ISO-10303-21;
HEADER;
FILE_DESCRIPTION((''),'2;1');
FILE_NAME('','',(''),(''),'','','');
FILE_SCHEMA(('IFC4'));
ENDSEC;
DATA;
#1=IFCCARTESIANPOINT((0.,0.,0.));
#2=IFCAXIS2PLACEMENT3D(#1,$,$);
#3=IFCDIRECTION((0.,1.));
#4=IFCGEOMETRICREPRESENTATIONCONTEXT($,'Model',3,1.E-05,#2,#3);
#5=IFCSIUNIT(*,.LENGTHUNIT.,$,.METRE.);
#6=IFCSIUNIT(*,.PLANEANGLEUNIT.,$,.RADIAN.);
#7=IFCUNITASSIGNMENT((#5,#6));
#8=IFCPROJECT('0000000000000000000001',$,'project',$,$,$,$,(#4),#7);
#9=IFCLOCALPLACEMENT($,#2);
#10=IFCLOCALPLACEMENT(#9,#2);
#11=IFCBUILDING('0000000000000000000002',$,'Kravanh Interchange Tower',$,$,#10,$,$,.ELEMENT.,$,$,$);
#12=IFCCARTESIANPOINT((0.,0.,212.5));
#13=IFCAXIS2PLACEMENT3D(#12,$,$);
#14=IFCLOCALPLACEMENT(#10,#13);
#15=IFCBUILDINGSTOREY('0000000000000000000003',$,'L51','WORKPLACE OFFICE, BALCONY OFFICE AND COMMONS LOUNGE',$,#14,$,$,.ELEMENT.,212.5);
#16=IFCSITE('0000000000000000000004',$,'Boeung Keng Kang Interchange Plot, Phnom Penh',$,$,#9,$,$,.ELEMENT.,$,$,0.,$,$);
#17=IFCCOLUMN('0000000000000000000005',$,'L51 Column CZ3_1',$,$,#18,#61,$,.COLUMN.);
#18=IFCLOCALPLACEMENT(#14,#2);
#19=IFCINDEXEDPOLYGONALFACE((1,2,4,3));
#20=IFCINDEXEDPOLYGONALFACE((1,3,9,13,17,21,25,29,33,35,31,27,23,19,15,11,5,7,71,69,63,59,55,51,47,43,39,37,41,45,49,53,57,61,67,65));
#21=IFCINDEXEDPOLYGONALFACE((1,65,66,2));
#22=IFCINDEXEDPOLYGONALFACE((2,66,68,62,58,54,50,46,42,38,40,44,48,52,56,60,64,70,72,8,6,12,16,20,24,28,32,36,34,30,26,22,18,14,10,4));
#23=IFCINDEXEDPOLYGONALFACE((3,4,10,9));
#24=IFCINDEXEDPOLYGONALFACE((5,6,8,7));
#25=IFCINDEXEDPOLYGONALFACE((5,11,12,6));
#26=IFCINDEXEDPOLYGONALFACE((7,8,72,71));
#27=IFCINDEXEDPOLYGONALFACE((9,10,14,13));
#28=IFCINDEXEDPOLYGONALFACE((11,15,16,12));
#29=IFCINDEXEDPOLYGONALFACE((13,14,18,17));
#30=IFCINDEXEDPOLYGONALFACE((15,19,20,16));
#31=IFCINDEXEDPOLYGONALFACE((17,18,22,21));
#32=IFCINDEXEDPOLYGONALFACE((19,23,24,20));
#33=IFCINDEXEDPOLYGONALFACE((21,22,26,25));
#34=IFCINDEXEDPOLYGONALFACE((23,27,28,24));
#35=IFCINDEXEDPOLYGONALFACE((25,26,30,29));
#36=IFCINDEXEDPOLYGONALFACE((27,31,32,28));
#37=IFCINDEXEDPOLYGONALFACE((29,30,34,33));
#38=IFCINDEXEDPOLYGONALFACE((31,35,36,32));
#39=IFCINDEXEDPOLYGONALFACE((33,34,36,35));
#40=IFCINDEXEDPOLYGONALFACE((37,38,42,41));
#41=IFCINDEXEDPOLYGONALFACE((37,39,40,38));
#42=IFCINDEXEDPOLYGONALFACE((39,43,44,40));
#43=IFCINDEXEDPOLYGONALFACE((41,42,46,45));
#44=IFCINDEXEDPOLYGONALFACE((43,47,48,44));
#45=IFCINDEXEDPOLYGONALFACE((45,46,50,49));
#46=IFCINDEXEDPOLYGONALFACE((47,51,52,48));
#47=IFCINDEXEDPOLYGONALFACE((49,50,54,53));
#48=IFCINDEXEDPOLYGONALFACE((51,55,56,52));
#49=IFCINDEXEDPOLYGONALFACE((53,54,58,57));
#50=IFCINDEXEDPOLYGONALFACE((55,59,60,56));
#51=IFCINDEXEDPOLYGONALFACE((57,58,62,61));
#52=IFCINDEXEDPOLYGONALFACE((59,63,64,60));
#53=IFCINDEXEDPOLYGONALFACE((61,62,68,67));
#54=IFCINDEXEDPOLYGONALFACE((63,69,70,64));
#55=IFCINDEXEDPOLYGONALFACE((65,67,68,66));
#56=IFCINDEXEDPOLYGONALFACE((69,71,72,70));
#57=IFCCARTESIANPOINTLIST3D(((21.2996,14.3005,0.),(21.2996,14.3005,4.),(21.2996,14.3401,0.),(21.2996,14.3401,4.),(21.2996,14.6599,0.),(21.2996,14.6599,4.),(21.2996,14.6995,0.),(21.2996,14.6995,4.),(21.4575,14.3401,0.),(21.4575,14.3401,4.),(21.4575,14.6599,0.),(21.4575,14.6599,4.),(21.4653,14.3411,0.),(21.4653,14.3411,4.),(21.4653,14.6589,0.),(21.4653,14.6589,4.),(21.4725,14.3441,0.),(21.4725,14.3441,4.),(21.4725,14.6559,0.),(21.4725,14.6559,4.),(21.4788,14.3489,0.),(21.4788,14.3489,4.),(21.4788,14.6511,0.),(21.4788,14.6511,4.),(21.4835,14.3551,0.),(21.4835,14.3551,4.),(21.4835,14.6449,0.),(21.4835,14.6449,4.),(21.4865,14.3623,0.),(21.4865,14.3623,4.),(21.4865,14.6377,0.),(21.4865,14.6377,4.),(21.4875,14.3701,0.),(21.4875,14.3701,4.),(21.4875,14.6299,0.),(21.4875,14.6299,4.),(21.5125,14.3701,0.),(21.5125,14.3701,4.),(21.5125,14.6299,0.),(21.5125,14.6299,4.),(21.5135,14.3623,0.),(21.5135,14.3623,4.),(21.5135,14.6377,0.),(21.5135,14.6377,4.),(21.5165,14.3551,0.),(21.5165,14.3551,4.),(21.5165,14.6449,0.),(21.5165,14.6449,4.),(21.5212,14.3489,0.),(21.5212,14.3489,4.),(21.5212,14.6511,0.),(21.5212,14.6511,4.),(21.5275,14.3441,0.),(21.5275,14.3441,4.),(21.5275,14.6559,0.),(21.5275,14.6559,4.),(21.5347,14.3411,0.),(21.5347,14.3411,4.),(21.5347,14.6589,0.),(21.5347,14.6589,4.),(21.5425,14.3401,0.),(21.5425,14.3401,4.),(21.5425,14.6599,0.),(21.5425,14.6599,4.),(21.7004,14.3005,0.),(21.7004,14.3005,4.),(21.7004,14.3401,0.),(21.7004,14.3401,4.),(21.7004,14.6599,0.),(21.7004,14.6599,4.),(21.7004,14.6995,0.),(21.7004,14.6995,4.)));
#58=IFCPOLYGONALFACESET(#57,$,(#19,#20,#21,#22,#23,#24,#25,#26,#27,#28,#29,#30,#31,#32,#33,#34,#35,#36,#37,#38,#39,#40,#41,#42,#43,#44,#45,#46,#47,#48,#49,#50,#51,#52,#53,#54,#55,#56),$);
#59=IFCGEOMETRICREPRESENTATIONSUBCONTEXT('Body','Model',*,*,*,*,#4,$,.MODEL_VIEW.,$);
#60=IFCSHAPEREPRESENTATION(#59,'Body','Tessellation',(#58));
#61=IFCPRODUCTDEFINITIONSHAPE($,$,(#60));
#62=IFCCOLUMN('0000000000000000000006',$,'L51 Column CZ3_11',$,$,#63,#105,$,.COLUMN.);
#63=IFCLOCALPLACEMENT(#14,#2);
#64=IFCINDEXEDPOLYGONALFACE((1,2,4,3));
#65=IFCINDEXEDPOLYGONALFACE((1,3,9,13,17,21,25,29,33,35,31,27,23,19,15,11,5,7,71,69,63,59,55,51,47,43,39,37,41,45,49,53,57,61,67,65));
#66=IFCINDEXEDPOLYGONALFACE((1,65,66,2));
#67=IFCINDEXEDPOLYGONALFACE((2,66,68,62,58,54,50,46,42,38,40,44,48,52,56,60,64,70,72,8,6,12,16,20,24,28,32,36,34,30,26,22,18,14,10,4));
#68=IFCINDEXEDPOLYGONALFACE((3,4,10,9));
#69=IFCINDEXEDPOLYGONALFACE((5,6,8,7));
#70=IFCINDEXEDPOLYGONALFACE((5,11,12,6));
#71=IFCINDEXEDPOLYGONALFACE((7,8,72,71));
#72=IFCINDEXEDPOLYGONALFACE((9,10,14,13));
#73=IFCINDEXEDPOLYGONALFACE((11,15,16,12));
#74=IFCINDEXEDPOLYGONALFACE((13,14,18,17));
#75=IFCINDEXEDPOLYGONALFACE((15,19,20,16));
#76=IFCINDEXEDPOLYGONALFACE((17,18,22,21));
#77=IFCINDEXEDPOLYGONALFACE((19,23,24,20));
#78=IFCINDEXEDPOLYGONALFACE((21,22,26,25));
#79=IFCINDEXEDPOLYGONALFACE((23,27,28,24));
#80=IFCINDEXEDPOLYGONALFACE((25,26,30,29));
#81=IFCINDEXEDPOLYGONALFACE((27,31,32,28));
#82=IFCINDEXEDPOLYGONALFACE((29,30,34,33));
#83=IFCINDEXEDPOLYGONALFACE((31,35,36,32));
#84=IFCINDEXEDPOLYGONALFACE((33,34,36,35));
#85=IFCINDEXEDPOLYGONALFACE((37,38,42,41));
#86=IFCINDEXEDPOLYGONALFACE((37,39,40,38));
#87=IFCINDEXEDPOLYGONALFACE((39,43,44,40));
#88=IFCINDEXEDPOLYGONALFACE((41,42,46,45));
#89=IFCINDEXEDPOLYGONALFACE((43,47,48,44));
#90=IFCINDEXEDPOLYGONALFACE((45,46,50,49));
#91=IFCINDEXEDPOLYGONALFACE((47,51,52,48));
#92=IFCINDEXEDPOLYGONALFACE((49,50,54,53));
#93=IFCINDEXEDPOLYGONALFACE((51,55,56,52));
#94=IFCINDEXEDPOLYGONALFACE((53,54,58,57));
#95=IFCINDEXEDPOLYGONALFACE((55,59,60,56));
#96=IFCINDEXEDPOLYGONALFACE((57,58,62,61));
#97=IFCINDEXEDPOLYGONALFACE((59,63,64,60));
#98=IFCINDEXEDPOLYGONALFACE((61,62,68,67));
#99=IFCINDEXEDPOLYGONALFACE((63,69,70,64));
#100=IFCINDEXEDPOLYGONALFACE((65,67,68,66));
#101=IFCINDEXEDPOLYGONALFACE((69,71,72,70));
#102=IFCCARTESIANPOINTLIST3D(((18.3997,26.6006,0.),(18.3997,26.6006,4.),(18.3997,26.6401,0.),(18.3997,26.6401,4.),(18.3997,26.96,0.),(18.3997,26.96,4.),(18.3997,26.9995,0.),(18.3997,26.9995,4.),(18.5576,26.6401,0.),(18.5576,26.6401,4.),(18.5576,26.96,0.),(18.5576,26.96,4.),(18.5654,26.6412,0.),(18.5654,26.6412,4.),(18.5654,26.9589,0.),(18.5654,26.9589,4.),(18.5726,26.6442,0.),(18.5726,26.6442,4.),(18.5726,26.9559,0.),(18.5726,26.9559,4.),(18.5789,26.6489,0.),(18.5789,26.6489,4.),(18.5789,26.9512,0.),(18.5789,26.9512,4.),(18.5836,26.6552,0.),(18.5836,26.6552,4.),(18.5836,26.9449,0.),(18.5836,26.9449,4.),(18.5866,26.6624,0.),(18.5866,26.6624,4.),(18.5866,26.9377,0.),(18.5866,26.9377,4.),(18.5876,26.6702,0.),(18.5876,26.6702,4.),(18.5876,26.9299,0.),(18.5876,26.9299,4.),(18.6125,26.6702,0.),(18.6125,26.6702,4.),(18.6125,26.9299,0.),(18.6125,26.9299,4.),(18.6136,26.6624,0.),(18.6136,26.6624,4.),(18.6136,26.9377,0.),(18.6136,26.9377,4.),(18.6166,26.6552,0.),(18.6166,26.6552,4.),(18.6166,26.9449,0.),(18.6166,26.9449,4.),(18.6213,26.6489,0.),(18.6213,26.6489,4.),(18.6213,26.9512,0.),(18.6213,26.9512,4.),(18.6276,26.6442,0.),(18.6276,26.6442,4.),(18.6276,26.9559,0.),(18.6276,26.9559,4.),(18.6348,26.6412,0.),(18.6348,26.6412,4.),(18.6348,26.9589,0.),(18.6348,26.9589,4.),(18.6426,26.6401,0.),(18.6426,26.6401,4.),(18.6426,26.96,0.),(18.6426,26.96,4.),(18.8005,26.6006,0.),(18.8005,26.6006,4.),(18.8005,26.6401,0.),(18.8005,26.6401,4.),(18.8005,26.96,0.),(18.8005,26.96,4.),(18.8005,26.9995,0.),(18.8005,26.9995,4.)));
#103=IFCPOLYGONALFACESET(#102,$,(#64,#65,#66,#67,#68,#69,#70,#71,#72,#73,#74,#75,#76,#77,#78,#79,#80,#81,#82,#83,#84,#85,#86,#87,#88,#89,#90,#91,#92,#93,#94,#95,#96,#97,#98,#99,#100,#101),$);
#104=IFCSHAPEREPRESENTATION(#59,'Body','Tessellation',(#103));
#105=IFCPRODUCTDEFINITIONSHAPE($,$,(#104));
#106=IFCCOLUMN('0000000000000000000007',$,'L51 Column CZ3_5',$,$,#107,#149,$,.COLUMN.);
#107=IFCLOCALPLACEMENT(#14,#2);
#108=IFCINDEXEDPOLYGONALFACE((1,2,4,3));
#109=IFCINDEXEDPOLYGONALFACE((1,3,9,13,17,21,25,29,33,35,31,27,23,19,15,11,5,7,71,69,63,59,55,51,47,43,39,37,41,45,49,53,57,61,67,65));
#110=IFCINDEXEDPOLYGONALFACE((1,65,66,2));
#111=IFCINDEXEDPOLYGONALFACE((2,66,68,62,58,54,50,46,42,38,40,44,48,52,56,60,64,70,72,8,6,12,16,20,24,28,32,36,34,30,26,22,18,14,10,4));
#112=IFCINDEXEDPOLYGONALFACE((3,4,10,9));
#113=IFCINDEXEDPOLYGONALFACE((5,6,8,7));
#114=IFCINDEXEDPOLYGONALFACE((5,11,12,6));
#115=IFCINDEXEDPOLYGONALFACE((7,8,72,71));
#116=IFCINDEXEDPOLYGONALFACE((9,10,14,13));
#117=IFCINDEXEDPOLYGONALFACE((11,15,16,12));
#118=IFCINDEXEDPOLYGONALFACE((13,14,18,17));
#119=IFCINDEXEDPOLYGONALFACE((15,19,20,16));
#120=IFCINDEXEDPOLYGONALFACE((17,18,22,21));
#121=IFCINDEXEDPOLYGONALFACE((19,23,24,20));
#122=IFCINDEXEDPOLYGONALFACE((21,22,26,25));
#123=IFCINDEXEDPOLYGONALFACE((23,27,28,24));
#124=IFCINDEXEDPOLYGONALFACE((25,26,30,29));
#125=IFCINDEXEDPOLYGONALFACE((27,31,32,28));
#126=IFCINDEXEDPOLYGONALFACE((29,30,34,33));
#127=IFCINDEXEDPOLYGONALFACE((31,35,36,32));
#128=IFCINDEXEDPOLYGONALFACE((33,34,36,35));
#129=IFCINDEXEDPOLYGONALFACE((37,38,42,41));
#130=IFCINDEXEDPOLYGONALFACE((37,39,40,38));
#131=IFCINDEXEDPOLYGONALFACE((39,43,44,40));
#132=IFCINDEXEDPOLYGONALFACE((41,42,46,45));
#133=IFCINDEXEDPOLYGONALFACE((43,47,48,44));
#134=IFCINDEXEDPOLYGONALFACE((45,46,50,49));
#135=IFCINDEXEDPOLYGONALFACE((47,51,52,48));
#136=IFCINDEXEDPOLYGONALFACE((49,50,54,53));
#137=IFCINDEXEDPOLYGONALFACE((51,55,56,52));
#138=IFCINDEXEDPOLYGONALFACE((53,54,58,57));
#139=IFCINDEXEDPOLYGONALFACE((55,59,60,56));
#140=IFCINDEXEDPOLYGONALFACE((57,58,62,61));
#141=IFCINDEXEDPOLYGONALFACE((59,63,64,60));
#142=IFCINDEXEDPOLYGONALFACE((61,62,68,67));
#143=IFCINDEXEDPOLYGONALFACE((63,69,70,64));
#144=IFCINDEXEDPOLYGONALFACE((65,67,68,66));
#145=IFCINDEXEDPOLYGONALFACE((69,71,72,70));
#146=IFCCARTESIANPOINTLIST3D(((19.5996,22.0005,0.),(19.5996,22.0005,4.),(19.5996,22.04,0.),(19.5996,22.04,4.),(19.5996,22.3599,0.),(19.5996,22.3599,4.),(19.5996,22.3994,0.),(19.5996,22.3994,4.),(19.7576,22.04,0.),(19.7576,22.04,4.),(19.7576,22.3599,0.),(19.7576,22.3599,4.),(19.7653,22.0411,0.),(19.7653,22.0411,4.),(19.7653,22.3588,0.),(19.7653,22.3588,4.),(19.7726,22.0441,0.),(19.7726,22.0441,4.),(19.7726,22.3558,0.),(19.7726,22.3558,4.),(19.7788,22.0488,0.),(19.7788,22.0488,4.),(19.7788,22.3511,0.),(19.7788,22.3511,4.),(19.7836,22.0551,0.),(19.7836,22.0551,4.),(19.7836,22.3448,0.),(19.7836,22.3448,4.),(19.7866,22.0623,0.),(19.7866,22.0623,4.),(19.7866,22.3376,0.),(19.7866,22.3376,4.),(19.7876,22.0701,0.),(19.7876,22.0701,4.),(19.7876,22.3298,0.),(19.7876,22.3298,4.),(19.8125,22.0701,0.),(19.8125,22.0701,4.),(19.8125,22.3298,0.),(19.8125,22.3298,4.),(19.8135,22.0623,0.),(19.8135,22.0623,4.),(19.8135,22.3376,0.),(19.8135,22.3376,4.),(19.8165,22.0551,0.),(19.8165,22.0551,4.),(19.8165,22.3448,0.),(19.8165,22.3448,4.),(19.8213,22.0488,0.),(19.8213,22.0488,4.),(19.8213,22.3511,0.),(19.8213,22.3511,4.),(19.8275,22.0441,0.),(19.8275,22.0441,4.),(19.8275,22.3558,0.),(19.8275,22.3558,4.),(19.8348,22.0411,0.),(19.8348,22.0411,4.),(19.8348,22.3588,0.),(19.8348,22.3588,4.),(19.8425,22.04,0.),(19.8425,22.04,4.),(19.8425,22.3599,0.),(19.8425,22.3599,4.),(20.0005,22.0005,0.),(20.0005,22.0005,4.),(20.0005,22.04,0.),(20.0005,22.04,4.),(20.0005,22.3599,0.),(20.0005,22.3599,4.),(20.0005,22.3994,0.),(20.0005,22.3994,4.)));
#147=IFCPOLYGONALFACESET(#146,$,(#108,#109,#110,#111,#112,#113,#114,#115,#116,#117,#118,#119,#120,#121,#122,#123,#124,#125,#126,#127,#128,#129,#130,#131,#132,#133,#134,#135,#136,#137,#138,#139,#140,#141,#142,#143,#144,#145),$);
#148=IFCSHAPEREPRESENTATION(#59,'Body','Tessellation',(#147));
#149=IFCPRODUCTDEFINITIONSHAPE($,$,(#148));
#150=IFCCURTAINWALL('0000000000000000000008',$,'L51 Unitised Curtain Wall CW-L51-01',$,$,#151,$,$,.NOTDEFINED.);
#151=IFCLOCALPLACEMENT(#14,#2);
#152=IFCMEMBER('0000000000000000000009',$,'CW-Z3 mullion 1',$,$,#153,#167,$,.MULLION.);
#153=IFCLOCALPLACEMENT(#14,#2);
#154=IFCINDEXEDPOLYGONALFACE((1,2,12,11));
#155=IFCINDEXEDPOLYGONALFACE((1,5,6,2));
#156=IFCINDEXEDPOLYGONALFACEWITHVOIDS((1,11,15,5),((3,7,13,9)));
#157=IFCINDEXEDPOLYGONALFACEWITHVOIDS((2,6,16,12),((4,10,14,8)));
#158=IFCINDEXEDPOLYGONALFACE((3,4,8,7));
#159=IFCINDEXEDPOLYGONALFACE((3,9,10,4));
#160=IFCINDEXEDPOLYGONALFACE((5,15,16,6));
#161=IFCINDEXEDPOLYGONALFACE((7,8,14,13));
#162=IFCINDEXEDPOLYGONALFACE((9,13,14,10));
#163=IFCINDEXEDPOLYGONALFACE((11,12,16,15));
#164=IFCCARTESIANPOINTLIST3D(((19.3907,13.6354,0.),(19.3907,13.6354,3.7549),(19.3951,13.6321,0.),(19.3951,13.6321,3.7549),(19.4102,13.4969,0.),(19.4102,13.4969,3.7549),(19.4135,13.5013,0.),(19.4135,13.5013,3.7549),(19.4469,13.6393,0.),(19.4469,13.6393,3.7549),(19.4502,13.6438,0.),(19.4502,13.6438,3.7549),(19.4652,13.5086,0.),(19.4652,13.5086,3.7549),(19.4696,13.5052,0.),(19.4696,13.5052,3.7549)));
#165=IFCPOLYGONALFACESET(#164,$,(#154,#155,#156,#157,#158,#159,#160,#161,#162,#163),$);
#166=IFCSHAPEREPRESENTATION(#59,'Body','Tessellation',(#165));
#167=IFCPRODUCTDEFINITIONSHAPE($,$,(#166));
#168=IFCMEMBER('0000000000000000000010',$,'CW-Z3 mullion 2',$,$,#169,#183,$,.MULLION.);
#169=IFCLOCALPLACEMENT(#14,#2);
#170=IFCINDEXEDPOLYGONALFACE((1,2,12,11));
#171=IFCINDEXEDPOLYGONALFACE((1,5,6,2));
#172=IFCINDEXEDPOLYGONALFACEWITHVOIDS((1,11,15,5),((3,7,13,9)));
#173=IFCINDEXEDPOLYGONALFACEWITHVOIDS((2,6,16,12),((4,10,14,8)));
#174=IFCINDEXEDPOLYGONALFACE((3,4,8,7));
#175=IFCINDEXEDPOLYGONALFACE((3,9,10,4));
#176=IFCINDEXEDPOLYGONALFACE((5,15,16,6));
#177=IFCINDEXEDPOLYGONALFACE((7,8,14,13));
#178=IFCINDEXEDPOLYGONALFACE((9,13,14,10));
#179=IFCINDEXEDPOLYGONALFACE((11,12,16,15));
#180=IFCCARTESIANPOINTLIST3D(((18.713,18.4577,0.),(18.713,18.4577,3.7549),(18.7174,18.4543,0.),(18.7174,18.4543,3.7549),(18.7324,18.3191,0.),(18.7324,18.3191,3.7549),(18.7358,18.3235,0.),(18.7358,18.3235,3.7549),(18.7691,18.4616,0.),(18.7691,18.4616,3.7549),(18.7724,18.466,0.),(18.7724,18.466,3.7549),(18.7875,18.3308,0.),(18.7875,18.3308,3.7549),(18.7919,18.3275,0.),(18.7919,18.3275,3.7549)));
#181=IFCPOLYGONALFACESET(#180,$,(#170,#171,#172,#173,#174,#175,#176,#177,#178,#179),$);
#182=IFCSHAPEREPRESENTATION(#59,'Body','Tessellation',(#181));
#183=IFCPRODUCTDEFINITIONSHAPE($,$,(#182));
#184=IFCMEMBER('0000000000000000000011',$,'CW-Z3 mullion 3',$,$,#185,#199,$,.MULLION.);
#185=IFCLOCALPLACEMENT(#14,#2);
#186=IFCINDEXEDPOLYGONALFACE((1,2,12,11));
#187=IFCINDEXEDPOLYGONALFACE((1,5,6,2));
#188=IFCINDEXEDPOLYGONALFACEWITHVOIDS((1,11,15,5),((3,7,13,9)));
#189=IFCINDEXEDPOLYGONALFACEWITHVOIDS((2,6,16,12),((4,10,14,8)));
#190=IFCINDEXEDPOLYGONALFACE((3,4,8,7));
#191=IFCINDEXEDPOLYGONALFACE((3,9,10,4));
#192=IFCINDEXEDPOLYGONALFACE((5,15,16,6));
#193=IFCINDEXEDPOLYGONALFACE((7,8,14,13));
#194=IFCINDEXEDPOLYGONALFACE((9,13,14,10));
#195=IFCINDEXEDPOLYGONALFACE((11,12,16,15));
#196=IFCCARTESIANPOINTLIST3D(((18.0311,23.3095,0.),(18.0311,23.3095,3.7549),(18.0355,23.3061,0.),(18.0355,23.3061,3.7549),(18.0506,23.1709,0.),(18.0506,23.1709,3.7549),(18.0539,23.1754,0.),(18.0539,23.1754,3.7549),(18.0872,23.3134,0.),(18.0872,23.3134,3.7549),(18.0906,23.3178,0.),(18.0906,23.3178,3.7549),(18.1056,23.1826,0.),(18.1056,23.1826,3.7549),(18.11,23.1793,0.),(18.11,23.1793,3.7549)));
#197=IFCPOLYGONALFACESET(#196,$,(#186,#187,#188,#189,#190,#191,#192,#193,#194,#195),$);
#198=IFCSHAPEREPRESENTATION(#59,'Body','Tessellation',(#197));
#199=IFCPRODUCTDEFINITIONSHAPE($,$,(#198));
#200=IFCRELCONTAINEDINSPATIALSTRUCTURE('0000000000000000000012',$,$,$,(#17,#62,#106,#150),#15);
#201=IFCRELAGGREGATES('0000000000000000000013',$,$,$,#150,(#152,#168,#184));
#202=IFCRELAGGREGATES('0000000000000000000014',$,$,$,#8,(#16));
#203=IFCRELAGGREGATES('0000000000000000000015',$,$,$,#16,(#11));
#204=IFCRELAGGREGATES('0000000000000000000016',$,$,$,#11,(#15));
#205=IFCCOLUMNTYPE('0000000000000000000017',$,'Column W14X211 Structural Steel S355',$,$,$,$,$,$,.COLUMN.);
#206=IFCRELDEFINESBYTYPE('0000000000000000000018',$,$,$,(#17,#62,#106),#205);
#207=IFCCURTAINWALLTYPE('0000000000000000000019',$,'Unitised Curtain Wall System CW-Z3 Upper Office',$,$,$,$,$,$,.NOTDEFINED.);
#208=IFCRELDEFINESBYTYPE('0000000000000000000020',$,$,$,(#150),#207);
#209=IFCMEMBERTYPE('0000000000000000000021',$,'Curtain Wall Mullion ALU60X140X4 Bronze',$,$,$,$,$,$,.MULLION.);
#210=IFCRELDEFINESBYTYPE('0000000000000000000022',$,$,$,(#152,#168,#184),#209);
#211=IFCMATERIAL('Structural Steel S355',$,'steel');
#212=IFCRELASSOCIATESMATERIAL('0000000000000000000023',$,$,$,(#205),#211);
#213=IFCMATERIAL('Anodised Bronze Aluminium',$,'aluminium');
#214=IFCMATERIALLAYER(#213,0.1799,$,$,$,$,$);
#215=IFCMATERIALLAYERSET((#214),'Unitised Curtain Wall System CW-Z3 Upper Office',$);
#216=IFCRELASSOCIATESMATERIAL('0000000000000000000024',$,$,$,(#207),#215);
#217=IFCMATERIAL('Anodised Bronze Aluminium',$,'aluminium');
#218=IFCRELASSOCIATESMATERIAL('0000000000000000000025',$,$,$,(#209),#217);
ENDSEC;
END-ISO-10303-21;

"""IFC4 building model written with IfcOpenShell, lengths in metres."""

from ifc_helpers import new_model, si_unit, direction, frame, origin, origin_2d, place, context, subcontext, project, spatial, hollow_rectangle, i_section, extrude, material, layer, layer_set, material_profile, profile_set, type_object, element, aggregate, save


model = new_model("IFC4")

# Units and contexts
model_context = context("Model", 3, precision=1e-05, world=origin(), true_north=direction((0.0, 1.0)))
body_context = subcontext(model_context, "Body", "Model", "MODEL_VIEW")
ifc_project = project(units=[si_unit("LENGTHUNIT", "METRE"), si_unit("PLANEANGLEUNIT", "RADIAN")], contexts=[model_context])

# Site, building, storey
site_placement = place(None, origin())
site = spatial("IfcSite", under=ifc_project, at=site_placement, Name="Boeung Keng Kang Interchange Plot, Phnom Penh", CompositionType="ELEMENT", RefElevation=0.0)
building_placement = place(site_placement, origin())
building = spatial("IfcBuilding", under=site, at=building_placement, Name="Kravanh Interchange Tower", CompositionType="ELEMENT")
storey_placement = place(building_placement, frame((0.0, 0.0, 212.5)))
storey = spatial("IfcBuildingStorey", under=building, at=storey_placement, Name="L51", Description="WORKPLACE OFFICE, BALCONY OFFICE AND COMMONS LOUNGE", CompositionType="ELEMENT", Elevation=212.5)

# Columns
ifc_material_1 = material(Name="Structural Steel S355", Category="steel")
ifc_material_profile_1 = material_profile(ifc_material_1, i_section(OverallWidth=0.4009, OverallDepth=0.3989, WebThickness=0.0249, FlangeThickness=0.0396, FilletRadius=0.03, at=origin_2d()), Name="W14X211")
ifc_profile_set_1 = profile_set([ifc_material_profile_1], Name="Structural Steel S355")
column_type = type_object("IfcColumnType", Name="Column W14X211 Structural Steel S355", PredefinedType="COLUMN", material=ifc_profile_set_1)
for number, where, z_axis, x_axis, name in (
    (1, (21.5, 14.5, 0.0), (0.0, 0.0, 1.0), (1.0, 0.0, 0.0), "L51 Column CZ3_1"),
    (2, (18.6001, 26.8, 0.0), (0.0, 0.0, 1.0), (1.0, 0.0, 0.0), "L51 Column CZ3_11"),
    (3, (19.8, 22.2, 0.0), (0.0, 0.0, 1.0), (1.0, 0.0, 0.0), "L51 Column CZ3_5"),
):
    element("IfcColumn", number, at=place(storey_placement, frame(where, z_axis=z_axis, x_axis=x_axis)), inside=storey, type_object=column_type, Name=name, PredefinedType="COLUMN", context=body_context, shape_type="SweptSolid", body=[
        extrude(i_section(OverallWidth=0.4009, OverallDepth=0.3989, WebThickness=0.0249, FlangeThickness=0.0396, FilletRadius=0.03, at=origin_2d()), origin(), (0.0, 0.0, 1.0), 4.0),
    ])

# Curtain wall, members
ifc_material_2 = material(Name="Anodised Bronze Aluminium", Category="aluminium")
ifc_layer_1 = layer(ifc_material_2, 0.1799)
ifc_layer_set_1 = layer_set([ifc_layer_1], Name="Unitised Curtain Wall System CW-Z3 Upper Office")
curtain_wall_type = type_object("IfcCurtainWallType", Name="Unitised Curtain Wall System CW-Z3 Upper Office", PredefinedType="NOTDEFINED", material=ifc_layer_set_1)
curtain_wall_1_placement = place(storey_placement, origin())
curtain_wall_1 = element("IfcCurtainWall", 4, at=curtain_wall_1_placement, inside=storey, type_object=curtain_wall_type, Name="L51 Unitised Curtain Wall CW-L51-01", PredefinedType="NOTDEFINED")
ifc_material_3 = material(Name="Anodised Bronze Aluminium", Category="aluminium")
ifc_material_profile_2 = material_profile(ifc_material_3, hollow_rectangle(XDim=0.0601, YDim=0.1399, WallThickness=0.0039, at=origin_2d()), Name="ALU60X140X4")
ifc_profile_set_2 = profile_set([ifc_material_profile_2], Name="Anodised Bronze Aluminium")
member_type_1 = type_object("IfcMemberType", Name="Curtain Wall Mullion ALU60X140X4 Bronze", PredefinedType="MULLION", material=ifc_profile_set_2)
member_1_placement = place(storey_placement, frame((19.4302, 13.5703, 0.0), z_axis=(0.0, 0.0, 1.0), x_axis=(-0.990268, -0.139172, 0.0)))
member_1 = element("IfcMember", 5, at=member_1_placement, type_object=member_type_1, Name="CW-Z3 mullion 1", PredefinedType="MULLION", context=body_context, shape_type="SweptSolid", body=[
    extrude(hollow_rectangle(XDim=0.0601, YDim=0.1399, WallThickness=0.0039, at=origin_2d()), origin(), (0.0, 0.0, 1.0), 3.7549),
])
member_2_placement = place(storey_placement, frame((18.7524, 18.3926, 0.0), z_axis=(0.0, 0.0, 1.0), x_axis=(-0.990268, -0.139172, 0.0)))
member_2 = element("IfcMember", 6, at=member_2_placement, type_object=member_type_1, Name="CW-Z3 mullion 2", PredefinedType="MULLION", context=body_context, shape_type="SweptSolid", body=[
    extrude(hollow_rectangle(XDim=0.0601, YDim=0.1399, WallThickness=0.0039, at=origin_2d()), origin(), (0.0, 0.0, 1.0), 3.7549),
])
member_3_placement = place(storey_placement, frame((18.0706, 23.2444, 0.0), z_axis=(0.0, 0.0, 1.0), x_axis=(-0.990268, -0.139172, 0.0)))
member_3 = element("IfcMember", 7, at=member_3_placement, type_object=member_type_1, Name="CW-Z3 mullion 3", PredefinedType="MULLION", context=body_context, shape_type="SweptSolid", body=[
    extrude(hollow_rectangle(XDim=0.0601, YDim=0.1399, WallThickness=0.0039, at=origin_2d()), origin(), (0.0, 0.0, 1.0), 3.7549),
])

aggregate(curtain_wall_1, [member_1, member_2, member_3])

save(model, "model.ifc")
